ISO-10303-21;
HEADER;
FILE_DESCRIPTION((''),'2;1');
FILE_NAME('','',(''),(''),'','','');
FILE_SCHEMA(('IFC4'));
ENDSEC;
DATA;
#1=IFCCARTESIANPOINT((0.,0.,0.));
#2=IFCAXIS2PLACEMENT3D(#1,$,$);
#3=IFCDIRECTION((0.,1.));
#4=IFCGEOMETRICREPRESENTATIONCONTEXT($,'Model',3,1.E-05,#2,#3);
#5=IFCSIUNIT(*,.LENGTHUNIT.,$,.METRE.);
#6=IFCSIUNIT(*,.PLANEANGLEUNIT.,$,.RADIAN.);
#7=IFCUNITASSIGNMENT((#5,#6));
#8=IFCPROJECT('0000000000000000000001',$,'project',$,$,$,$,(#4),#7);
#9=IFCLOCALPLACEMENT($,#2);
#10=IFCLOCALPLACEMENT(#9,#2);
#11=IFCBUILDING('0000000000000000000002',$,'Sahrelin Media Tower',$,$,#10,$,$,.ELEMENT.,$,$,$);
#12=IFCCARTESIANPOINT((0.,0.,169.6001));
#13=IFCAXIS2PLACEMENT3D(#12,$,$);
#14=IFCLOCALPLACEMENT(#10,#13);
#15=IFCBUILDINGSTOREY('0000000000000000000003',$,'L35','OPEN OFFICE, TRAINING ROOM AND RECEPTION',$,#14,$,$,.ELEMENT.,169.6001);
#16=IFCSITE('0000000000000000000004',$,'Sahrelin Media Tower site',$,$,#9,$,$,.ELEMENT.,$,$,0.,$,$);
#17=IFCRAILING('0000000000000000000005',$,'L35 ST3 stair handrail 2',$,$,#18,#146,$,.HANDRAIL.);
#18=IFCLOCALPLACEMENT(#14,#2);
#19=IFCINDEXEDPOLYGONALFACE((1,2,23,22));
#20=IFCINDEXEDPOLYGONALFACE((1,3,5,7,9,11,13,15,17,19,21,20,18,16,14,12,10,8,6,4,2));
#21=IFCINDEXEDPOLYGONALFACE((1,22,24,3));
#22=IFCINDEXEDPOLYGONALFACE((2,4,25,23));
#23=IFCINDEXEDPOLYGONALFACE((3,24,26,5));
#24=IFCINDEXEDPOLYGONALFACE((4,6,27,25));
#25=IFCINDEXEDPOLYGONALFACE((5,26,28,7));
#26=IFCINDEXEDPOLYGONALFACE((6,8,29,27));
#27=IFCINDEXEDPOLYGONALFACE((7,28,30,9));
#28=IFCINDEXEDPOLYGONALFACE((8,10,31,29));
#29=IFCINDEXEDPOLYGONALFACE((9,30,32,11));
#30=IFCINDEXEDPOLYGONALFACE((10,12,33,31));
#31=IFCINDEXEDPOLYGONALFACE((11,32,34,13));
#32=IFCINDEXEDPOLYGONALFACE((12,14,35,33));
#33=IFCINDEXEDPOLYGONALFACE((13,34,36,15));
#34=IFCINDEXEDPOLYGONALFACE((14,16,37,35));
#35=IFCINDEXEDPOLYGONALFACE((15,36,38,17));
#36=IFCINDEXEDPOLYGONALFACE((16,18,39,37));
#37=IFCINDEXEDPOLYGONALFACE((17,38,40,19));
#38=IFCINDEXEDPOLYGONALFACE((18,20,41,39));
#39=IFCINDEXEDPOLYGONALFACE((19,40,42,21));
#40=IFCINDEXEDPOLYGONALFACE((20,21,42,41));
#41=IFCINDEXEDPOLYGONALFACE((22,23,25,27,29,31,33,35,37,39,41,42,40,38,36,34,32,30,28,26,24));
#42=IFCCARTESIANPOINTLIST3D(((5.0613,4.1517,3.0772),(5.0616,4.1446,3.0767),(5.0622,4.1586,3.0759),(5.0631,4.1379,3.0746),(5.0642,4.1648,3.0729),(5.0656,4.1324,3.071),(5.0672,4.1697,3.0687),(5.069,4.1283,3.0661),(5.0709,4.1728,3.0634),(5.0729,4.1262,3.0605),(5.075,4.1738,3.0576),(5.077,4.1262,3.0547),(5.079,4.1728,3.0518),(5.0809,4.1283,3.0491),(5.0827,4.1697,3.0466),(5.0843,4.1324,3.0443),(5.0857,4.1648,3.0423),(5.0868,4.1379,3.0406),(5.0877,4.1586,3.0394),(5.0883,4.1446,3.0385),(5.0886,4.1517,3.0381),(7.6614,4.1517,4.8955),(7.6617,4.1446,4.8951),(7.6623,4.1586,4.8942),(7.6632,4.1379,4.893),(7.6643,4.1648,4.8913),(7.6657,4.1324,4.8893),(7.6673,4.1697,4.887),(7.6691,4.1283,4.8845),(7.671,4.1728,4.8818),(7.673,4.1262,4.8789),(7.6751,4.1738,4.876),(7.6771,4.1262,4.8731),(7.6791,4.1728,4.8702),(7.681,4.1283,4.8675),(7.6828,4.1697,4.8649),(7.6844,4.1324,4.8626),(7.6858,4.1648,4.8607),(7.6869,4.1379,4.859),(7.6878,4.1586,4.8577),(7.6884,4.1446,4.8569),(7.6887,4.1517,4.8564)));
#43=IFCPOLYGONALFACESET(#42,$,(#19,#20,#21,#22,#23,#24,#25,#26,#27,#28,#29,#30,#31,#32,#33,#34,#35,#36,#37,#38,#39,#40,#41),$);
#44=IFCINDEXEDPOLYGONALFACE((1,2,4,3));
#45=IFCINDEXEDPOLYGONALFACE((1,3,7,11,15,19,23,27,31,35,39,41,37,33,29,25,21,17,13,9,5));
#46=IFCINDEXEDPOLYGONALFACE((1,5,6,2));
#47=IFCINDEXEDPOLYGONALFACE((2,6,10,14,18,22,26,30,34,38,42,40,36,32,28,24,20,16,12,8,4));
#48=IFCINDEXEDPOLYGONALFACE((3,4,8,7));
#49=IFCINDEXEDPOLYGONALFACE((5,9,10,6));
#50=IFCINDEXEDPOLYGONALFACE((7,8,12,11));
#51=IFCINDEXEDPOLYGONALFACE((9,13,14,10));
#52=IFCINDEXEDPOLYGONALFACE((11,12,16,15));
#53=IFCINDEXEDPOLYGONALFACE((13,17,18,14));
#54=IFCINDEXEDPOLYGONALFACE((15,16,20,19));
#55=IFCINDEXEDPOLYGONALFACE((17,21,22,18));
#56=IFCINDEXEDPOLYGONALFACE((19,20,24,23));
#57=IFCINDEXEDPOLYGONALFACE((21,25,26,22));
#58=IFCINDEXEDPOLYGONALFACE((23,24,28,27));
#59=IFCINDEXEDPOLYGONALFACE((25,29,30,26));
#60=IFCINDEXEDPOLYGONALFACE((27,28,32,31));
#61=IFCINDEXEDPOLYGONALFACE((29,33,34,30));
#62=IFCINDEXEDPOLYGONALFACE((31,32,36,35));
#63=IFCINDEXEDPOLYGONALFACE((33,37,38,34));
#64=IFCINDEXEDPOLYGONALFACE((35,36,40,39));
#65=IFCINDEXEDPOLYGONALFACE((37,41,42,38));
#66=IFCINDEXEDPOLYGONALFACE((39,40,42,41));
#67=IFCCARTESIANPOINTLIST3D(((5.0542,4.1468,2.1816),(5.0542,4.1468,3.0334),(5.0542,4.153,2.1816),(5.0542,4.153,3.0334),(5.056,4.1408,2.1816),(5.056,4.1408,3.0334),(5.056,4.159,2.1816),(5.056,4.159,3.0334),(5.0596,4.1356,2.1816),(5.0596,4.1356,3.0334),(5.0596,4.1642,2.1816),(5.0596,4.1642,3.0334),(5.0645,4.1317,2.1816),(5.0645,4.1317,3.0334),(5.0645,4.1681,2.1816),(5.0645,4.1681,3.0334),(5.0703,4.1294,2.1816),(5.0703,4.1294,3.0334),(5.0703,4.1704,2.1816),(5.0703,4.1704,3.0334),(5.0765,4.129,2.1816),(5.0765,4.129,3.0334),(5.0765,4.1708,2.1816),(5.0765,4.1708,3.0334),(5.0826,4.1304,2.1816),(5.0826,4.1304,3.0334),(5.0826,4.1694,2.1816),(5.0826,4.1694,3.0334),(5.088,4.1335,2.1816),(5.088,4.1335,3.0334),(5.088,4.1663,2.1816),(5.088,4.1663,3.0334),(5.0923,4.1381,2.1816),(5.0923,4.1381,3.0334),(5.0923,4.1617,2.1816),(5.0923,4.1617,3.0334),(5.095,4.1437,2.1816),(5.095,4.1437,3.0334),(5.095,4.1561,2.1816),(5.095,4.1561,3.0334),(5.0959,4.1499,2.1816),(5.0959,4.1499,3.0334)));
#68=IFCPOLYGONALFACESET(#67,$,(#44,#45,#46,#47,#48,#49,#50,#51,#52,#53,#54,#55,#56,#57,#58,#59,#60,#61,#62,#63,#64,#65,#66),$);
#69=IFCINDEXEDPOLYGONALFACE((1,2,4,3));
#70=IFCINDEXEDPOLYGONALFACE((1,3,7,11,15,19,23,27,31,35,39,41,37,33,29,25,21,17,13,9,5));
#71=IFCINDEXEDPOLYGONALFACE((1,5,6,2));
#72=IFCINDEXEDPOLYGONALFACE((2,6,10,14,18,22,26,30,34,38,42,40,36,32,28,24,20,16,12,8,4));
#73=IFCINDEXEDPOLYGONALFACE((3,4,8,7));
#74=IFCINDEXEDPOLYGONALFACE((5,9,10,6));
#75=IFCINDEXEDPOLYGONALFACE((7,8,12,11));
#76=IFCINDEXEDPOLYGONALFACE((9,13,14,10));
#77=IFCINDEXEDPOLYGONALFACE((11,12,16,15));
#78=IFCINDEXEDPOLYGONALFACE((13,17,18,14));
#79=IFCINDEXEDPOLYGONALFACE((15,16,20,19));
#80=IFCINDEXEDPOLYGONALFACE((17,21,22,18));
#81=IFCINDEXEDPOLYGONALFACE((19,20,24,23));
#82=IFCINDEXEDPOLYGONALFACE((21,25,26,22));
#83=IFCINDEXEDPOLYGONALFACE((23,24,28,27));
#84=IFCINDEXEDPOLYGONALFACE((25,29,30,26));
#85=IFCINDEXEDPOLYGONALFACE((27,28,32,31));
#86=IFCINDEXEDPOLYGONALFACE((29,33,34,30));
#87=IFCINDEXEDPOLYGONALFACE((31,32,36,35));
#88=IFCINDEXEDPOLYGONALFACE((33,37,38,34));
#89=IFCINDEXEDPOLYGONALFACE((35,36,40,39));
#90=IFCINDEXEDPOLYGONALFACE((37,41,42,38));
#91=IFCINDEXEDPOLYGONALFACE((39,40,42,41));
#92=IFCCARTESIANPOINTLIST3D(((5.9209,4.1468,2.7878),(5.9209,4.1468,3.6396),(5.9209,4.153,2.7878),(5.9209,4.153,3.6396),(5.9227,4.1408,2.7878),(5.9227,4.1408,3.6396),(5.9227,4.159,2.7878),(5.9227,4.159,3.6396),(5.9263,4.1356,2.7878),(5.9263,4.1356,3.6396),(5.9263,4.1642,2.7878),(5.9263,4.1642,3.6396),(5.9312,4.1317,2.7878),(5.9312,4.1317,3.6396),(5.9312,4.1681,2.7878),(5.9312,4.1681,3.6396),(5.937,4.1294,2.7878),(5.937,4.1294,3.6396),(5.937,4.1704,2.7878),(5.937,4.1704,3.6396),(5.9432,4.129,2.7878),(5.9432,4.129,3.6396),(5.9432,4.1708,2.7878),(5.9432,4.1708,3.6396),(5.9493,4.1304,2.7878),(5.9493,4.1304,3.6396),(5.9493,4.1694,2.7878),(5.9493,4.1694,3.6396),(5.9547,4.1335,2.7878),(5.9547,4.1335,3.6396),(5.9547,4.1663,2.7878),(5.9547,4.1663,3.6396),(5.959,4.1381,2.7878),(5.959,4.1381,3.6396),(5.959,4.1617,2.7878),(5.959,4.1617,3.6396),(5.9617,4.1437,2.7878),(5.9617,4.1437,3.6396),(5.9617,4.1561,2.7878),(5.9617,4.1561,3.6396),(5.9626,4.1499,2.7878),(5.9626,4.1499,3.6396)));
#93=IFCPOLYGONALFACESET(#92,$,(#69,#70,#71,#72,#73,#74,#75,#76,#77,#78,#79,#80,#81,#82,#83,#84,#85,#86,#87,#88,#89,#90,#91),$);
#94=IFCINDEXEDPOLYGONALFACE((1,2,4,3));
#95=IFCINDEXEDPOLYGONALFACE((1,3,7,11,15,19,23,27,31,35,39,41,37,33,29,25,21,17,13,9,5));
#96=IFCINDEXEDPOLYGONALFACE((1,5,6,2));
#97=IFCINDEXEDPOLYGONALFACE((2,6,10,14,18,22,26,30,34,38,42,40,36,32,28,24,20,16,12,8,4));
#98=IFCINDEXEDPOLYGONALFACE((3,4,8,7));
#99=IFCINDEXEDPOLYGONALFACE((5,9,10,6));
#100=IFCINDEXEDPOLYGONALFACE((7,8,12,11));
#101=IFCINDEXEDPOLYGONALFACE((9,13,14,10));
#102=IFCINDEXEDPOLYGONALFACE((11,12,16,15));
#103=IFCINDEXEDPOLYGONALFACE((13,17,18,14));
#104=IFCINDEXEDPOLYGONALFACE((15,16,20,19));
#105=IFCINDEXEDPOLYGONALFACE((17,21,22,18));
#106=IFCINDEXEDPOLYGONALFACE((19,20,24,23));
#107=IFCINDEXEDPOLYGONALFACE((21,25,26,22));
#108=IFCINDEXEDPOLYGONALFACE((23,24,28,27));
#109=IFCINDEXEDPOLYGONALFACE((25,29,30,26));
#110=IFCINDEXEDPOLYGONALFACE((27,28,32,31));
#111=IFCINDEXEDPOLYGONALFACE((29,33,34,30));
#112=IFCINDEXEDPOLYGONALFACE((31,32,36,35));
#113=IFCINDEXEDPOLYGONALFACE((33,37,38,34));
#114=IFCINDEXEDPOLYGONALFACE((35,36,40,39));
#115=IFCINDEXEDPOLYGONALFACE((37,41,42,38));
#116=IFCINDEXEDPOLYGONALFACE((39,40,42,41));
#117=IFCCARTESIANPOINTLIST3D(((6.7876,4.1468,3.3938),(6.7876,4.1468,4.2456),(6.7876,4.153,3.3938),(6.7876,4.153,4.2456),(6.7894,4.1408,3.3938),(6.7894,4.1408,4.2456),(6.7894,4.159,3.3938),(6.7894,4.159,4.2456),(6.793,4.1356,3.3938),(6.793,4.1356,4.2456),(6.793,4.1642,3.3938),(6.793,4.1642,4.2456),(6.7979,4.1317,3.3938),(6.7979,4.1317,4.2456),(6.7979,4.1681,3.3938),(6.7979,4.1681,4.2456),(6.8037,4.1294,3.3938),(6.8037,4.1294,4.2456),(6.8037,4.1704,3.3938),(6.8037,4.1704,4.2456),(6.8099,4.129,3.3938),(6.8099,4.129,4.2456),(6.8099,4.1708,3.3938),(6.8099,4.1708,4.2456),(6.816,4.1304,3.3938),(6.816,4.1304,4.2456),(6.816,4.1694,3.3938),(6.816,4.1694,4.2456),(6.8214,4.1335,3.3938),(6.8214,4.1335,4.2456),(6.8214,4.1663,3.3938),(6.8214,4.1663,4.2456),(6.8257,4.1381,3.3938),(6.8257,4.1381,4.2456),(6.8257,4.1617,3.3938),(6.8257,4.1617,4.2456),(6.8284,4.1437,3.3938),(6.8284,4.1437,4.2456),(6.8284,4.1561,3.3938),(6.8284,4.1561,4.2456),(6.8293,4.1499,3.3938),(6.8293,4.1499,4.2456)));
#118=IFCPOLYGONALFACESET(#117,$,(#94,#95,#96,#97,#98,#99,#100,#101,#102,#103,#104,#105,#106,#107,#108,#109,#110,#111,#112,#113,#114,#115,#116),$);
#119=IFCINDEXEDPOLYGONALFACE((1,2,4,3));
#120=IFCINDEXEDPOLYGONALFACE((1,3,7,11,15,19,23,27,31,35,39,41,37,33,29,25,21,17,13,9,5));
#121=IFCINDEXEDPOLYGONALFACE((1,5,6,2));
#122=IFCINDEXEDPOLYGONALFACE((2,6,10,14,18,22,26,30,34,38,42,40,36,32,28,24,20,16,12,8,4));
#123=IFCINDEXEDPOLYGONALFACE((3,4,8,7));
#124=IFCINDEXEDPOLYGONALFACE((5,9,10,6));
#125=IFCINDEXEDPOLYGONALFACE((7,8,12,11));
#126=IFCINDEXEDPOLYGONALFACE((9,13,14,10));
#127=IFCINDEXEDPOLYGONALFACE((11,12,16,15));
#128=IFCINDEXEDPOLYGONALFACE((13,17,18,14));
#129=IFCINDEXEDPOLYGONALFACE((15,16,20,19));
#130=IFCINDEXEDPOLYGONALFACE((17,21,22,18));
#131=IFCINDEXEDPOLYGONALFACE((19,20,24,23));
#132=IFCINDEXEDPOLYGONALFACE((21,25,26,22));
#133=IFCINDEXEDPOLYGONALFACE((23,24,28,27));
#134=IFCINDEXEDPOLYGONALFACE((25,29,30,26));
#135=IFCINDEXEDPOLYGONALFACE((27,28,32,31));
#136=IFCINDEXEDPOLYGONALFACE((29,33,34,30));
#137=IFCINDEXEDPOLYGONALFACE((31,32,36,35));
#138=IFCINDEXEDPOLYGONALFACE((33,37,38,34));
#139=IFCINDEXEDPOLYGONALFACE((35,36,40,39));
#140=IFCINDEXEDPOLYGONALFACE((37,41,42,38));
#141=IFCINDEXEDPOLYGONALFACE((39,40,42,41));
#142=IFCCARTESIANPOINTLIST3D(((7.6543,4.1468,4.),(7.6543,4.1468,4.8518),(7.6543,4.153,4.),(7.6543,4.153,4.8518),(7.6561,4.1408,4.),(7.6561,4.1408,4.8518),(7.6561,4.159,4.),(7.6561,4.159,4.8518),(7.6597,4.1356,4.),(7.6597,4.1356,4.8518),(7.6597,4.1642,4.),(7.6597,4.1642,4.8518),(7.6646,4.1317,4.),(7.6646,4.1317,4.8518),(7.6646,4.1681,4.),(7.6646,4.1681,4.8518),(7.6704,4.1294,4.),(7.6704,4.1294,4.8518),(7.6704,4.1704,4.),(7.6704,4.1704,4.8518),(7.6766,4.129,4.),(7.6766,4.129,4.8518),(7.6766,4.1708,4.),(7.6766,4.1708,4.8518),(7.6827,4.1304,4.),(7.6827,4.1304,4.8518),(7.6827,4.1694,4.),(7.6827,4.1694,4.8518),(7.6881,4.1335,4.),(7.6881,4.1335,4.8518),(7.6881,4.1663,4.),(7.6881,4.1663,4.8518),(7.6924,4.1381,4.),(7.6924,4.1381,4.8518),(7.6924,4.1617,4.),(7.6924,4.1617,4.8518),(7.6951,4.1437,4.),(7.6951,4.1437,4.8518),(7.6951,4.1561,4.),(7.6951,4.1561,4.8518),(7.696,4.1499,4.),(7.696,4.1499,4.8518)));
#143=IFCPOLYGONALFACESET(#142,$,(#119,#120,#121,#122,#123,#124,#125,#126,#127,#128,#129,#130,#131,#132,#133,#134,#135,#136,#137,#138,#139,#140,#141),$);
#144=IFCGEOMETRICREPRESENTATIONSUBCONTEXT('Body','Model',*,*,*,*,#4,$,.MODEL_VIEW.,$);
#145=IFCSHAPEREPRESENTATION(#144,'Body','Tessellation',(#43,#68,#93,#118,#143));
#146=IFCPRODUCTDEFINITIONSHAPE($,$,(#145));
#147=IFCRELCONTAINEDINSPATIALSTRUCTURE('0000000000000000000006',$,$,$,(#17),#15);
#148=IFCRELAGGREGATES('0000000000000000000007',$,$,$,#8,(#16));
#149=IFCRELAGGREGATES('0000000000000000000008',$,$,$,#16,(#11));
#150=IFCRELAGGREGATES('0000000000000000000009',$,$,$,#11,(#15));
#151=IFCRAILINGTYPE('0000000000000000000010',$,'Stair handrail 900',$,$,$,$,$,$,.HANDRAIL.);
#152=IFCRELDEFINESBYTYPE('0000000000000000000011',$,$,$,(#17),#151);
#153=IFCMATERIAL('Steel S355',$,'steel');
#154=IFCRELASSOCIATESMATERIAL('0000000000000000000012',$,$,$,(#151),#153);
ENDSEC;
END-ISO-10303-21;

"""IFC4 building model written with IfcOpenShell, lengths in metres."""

from ifc_helpers import new_model, si_unit, direction, frame, origin, origin_2d, place, context, subcontext, project, spatial, circle, extrude, material, type_object, element, save


model = new_model("IFC4")

# Units and contexts
model_context = context("Model", 3, precision=1e-05, world=origin(), true_north=direction((0.0, 1.0)))
body_context = subcontext(model_context, "Body", "Model", "MODEL_VIEW")
ifc_project = project(units=[si_unit("LENGTHUNIT", "METRE"), si_unit("PLANEANGLEUNIT", "RADIAN")], contexts=[model_context])

# Site, building, storey
site_placement = place(None, origin())
site = spatial("IfcSite", under=ifc_project, at=site_placement, Name="Sahrelin Media Tower site", CompositionType="ELEMENT", RefElevation=0.0)
building_placement = place(site_placement, origin())
building = spatial("IfcBuilding", under=site, at=building_placement, Name="Sahrelin Media Tower", CompositionType="ELEMENT")
storey_placement = place(building_placement, frame((0.0, 0.0, 169.6001)))
storey = spatial("IfcBuildingStorey", under=building, at=storey_placement, Name="L35", Description="OPEN OFFICE, TRAINING ROOM AND RECEPTION", CompositionType="ELEMENT", Elevation=169.6001)

# Shared definitions
ifc_material_1 = material(Name="Steel S355", Category="steel")

# Railing
railing_type_1 = type_object("IfcRailingType", Name="Stair handrail 900", PredefinedType="HANDRAIL", material=ifc_material_1)
railing_1_placement = place(storey_placement, frame((5.075, 4.1499, 2.1816)))
element("IfcRailing", 1, at=railing_1_placement, inside=storey, type_object=railing_type_1, Name="L35 ST3 stair handrail 2", PredefinedType="HANDRAIL", context=body_context, shape_type="SweptSolid", body=[
    extrude(circle(Radius=0.0239, at=origin_2d()), frame((0.0, 0.0, 0.876), z_axis=(0.819485, 0.0, 0.573101), x_axis=(0.0, 1.0, 0.0)), (0.0, 0.0, 1.0), 3.1729),
    extrude(circle(Radius=0.021, at=origin_2d()), origin(), (0.0, 0.0, 1.0), 0.8518),
    extrude(circle(Radius=0.021, at=origin_2d()), frame((0.8667, 0.0, 0.6062)), (0.0, 0.0, 1.0), 0.8518),
    extrude(circle(Radius=0.021, at=origin_2d()), frame((1.7334, 0.0, 1.2122)), (0.0, 0.0, 1.0), 0.8518),
    extrude(circle(Radius=0.021, at=origin_2d()), frame((2.6001, 0.0, 1.8184)), (0.0, 0.0, 1.0), 0.8518),
])

save(model, "model.ifc")
